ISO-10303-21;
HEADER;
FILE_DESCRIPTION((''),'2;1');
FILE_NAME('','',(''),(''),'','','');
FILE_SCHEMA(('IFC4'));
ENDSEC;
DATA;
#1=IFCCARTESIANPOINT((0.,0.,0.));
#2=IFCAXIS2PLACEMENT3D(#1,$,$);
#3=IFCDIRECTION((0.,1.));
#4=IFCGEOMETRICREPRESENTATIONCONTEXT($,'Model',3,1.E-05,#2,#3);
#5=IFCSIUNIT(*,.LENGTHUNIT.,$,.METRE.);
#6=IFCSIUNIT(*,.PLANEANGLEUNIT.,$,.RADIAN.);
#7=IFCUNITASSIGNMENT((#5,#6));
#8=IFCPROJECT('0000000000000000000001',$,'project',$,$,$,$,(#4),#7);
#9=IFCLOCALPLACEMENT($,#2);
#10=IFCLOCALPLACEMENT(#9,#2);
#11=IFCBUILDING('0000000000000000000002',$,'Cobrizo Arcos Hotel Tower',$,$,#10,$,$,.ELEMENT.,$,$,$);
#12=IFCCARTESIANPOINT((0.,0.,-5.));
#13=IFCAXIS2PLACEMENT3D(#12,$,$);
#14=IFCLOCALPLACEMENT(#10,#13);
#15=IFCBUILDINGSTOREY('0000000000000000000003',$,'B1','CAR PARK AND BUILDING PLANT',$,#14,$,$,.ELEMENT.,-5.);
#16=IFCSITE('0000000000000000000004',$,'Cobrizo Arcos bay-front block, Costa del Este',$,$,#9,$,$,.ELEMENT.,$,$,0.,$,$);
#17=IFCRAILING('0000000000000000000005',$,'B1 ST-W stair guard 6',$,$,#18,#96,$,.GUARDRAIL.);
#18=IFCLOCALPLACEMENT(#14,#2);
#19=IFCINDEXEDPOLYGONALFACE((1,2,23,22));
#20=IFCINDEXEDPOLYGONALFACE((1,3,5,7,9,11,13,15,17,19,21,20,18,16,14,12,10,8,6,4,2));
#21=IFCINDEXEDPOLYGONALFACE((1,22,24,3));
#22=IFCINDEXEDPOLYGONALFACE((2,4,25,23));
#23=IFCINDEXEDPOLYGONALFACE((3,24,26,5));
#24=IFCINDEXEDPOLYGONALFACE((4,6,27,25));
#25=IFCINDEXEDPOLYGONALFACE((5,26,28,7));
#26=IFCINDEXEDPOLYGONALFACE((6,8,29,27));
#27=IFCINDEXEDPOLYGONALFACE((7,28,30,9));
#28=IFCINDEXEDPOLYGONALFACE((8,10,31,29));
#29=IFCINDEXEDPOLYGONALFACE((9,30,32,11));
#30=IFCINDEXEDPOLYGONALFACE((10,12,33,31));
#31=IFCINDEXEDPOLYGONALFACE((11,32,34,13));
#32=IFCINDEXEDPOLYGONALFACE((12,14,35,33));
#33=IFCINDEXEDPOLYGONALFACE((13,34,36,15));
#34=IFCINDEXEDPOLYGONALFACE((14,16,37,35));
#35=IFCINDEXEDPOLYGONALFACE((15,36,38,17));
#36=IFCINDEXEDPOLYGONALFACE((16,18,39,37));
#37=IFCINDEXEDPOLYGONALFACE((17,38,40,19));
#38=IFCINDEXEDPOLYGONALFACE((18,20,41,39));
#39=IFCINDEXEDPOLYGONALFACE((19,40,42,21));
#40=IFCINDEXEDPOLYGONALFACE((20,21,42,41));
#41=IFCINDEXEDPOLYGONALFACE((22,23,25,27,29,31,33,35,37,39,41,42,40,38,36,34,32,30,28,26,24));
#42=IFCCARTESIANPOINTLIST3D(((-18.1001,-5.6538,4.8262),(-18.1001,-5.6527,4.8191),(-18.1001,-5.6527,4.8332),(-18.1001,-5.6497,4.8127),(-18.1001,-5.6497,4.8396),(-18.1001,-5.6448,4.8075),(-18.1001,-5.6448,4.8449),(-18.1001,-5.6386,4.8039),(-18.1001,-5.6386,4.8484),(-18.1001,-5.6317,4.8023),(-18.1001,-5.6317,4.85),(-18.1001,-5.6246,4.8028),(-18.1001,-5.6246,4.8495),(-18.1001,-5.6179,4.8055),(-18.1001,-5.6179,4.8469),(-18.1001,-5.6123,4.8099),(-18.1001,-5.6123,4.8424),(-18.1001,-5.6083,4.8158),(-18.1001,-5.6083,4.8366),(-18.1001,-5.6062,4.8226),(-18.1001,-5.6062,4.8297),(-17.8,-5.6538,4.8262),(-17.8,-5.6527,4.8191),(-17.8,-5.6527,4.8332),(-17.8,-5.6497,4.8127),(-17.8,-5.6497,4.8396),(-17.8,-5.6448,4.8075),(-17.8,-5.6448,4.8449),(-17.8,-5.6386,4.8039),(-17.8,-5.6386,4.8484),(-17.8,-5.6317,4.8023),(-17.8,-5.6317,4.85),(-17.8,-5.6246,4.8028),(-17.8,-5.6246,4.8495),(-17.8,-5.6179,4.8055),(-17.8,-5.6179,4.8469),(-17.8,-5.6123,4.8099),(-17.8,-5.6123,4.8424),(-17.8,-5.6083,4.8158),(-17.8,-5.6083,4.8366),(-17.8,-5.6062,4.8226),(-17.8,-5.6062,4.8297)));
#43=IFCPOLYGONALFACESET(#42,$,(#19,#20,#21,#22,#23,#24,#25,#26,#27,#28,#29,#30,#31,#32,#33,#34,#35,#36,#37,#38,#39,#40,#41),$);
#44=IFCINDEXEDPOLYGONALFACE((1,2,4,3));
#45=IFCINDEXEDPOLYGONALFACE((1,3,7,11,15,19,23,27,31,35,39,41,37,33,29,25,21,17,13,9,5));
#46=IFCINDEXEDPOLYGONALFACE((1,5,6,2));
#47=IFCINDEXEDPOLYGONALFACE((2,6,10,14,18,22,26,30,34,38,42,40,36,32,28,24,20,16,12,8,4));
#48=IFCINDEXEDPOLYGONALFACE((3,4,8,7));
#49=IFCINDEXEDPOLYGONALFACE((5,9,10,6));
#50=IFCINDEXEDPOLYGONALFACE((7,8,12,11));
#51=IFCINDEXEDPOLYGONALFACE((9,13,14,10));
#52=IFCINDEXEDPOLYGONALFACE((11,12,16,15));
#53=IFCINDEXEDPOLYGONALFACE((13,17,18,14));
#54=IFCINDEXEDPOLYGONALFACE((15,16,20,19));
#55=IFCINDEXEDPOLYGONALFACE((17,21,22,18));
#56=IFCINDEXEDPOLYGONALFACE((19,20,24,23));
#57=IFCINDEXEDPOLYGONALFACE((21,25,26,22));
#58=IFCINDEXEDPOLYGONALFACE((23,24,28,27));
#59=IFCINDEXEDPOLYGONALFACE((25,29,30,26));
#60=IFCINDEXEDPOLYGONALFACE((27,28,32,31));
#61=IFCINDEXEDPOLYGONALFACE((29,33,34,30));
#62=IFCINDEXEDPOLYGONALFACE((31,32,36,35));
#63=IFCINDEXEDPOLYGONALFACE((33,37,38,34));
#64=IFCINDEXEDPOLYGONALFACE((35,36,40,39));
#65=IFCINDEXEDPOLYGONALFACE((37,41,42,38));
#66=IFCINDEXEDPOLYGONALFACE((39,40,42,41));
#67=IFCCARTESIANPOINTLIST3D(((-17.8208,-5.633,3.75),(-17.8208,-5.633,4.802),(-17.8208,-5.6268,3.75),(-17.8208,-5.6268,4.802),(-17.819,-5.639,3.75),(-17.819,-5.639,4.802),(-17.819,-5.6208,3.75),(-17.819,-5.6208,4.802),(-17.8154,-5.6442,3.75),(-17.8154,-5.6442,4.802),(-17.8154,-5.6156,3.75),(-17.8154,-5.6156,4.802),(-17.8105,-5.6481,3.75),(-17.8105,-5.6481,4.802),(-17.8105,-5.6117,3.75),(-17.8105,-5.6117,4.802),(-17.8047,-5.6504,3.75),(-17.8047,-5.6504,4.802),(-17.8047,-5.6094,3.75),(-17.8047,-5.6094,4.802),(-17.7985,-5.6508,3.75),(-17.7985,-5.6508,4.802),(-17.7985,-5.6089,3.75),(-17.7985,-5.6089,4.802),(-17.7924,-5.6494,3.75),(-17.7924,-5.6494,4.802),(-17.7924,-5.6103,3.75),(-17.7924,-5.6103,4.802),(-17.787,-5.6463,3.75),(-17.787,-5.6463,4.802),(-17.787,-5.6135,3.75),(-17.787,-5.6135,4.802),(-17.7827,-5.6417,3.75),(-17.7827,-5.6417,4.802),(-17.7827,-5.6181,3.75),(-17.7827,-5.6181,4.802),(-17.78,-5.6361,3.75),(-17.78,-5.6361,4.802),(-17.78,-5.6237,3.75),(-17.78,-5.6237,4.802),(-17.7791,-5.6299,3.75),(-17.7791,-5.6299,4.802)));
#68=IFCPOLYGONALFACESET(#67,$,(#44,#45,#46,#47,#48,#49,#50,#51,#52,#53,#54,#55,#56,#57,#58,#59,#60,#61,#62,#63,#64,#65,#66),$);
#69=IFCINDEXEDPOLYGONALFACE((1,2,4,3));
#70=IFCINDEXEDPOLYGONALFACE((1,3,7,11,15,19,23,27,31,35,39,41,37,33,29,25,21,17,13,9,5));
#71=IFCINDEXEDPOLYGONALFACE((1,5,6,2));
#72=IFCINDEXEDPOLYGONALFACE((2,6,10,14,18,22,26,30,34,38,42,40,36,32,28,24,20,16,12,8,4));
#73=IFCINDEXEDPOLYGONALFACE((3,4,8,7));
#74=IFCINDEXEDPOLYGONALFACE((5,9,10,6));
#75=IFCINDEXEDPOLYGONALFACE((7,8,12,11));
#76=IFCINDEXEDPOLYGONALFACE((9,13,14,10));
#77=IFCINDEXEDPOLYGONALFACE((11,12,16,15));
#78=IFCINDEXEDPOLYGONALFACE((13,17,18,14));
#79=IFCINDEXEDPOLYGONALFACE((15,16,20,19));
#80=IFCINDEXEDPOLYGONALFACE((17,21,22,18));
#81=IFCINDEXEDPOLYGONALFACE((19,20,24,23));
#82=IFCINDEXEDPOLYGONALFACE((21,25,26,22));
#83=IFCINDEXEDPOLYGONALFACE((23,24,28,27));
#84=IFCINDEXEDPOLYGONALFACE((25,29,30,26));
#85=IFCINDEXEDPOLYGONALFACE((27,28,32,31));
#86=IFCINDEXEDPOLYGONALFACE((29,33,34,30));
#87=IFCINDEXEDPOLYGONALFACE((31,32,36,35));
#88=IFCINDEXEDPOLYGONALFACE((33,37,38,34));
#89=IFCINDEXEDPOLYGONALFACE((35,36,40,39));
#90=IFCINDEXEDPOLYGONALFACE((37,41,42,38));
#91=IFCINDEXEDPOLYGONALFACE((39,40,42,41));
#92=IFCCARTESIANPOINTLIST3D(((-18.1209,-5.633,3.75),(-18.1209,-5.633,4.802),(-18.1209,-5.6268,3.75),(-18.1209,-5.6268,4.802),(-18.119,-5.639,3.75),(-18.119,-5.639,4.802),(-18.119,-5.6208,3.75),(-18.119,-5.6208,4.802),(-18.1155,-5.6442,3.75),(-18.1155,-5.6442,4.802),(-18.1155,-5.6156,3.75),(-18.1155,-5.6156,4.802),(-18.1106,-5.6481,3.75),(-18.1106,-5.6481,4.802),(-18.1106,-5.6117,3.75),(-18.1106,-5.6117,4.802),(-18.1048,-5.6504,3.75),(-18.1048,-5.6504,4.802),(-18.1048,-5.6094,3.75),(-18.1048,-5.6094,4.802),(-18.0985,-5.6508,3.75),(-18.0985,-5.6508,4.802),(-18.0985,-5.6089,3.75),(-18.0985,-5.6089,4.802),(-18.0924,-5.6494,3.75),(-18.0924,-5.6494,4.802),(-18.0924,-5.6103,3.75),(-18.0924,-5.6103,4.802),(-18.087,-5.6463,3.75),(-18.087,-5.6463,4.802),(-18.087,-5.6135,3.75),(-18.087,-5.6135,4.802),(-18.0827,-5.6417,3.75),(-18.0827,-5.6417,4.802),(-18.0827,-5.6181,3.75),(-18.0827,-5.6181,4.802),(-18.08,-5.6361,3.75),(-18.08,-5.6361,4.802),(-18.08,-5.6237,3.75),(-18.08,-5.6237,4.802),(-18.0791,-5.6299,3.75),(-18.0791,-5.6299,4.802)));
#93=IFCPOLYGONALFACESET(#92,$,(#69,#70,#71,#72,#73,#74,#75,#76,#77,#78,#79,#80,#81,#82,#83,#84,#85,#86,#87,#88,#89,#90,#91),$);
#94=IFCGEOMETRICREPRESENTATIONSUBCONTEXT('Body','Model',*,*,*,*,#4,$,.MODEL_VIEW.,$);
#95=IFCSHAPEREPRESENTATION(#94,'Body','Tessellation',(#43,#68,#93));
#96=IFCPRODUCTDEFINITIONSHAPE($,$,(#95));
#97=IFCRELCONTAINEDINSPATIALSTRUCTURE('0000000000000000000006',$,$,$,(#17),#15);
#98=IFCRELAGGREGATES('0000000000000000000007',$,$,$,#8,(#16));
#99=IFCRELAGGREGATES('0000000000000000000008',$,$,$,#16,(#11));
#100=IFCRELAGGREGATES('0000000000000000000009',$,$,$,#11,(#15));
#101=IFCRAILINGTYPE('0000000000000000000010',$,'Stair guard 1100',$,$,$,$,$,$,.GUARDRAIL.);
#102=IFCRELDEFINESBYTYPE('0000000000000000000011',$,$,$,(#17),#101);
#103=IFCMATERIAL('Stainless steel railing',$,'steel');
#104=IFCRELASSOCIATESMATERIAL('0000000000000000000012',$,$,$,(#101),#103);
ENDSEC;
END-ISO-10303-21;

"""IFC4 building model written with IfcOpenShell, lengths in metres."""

from ifc_helpers import new_model, si_unit, direction, frame, origin, origin_2d, place, context, subcontext, project, spatial, circle, extrude, material, type_object, element, save


model = new_model("IFC4")

# Units and contexts
model_context = context("Model", 3, precision=1e-05, world=origin(), true_north=direction((0.0, 1.0)))
body_context = subcontext(model_context, "Body", "Model", "MODEL_VIEW")
ifc_project = project(units=[si_unit("LENGTHUNIT", "METRE"), si_unit("PLANEANGLEUNIT", "RADIAN")], contexts=[model_context])

# Site, building, storey
site_placement = place(None, origin())
site = spatial("IfcSite", under=ifc_project, at=site_placement, Name="Cobrizo Arcos bay-front block, Costa del Este", CompositionType="ELEMENT", RefElevation=0.0)
building_placement = place(site_placement, origin())
building = spatial("IfcBuilding", under=site, at=building_placement, Name="Cobrizo Arcos Hotel Tower", CompositionType="ELEMENT")
storey_placement = place(building_placement, frame((0.0, 0.0, -5.0)))
storey = spatial("IfcBuildingStorey", under=building, at=storey_placement, Name="B1", Description="CAR PARK AND BUILDING PLANT", CompositionType="ELEMENT", Elevation=-5.0)

# Railing
ifc_material_1 = material(Name="Stainless steel railing", Category="steel")
railing_type_1 = type_object("IfcRailingType", Name="Stair guard 1100", PredefinedType="GUARDRAIL", material=ifc_material_1)
railing_1_placement = place(storey_placement, frame((-17.8, -5.6299, 3.75)))
element("IfcRailing", 1, at=railing_1_placement, inside=storey, type_object=railing_type_1, Name="B1 ST-W stair guard 6", PredefinedType="GUARDRAIL", context=body_context, shape_type="SweptSolid", body=[
    extrude(circle(Radius=0.0239, at=origin_2d()), frame((0.0, 0.0, 1.0762), z_axis=(-1.0, 0.0, 0.0), x_axis=(0.0, -1.0, 0.0)), (0.0, 0.0, 1.0), 0.3),
    extrude(circle(Radius=0.021, at=origin_2d()), origin(), (0.0, 0.0, 1.0), 1.052),
    extrude(circle(Radius=0.021, at=origin_2d()), frame((-0.3, 0.0, 0.0)), (0.0, 0.0, 1.0), 1.052),
])

save(model, "model.ifc")
